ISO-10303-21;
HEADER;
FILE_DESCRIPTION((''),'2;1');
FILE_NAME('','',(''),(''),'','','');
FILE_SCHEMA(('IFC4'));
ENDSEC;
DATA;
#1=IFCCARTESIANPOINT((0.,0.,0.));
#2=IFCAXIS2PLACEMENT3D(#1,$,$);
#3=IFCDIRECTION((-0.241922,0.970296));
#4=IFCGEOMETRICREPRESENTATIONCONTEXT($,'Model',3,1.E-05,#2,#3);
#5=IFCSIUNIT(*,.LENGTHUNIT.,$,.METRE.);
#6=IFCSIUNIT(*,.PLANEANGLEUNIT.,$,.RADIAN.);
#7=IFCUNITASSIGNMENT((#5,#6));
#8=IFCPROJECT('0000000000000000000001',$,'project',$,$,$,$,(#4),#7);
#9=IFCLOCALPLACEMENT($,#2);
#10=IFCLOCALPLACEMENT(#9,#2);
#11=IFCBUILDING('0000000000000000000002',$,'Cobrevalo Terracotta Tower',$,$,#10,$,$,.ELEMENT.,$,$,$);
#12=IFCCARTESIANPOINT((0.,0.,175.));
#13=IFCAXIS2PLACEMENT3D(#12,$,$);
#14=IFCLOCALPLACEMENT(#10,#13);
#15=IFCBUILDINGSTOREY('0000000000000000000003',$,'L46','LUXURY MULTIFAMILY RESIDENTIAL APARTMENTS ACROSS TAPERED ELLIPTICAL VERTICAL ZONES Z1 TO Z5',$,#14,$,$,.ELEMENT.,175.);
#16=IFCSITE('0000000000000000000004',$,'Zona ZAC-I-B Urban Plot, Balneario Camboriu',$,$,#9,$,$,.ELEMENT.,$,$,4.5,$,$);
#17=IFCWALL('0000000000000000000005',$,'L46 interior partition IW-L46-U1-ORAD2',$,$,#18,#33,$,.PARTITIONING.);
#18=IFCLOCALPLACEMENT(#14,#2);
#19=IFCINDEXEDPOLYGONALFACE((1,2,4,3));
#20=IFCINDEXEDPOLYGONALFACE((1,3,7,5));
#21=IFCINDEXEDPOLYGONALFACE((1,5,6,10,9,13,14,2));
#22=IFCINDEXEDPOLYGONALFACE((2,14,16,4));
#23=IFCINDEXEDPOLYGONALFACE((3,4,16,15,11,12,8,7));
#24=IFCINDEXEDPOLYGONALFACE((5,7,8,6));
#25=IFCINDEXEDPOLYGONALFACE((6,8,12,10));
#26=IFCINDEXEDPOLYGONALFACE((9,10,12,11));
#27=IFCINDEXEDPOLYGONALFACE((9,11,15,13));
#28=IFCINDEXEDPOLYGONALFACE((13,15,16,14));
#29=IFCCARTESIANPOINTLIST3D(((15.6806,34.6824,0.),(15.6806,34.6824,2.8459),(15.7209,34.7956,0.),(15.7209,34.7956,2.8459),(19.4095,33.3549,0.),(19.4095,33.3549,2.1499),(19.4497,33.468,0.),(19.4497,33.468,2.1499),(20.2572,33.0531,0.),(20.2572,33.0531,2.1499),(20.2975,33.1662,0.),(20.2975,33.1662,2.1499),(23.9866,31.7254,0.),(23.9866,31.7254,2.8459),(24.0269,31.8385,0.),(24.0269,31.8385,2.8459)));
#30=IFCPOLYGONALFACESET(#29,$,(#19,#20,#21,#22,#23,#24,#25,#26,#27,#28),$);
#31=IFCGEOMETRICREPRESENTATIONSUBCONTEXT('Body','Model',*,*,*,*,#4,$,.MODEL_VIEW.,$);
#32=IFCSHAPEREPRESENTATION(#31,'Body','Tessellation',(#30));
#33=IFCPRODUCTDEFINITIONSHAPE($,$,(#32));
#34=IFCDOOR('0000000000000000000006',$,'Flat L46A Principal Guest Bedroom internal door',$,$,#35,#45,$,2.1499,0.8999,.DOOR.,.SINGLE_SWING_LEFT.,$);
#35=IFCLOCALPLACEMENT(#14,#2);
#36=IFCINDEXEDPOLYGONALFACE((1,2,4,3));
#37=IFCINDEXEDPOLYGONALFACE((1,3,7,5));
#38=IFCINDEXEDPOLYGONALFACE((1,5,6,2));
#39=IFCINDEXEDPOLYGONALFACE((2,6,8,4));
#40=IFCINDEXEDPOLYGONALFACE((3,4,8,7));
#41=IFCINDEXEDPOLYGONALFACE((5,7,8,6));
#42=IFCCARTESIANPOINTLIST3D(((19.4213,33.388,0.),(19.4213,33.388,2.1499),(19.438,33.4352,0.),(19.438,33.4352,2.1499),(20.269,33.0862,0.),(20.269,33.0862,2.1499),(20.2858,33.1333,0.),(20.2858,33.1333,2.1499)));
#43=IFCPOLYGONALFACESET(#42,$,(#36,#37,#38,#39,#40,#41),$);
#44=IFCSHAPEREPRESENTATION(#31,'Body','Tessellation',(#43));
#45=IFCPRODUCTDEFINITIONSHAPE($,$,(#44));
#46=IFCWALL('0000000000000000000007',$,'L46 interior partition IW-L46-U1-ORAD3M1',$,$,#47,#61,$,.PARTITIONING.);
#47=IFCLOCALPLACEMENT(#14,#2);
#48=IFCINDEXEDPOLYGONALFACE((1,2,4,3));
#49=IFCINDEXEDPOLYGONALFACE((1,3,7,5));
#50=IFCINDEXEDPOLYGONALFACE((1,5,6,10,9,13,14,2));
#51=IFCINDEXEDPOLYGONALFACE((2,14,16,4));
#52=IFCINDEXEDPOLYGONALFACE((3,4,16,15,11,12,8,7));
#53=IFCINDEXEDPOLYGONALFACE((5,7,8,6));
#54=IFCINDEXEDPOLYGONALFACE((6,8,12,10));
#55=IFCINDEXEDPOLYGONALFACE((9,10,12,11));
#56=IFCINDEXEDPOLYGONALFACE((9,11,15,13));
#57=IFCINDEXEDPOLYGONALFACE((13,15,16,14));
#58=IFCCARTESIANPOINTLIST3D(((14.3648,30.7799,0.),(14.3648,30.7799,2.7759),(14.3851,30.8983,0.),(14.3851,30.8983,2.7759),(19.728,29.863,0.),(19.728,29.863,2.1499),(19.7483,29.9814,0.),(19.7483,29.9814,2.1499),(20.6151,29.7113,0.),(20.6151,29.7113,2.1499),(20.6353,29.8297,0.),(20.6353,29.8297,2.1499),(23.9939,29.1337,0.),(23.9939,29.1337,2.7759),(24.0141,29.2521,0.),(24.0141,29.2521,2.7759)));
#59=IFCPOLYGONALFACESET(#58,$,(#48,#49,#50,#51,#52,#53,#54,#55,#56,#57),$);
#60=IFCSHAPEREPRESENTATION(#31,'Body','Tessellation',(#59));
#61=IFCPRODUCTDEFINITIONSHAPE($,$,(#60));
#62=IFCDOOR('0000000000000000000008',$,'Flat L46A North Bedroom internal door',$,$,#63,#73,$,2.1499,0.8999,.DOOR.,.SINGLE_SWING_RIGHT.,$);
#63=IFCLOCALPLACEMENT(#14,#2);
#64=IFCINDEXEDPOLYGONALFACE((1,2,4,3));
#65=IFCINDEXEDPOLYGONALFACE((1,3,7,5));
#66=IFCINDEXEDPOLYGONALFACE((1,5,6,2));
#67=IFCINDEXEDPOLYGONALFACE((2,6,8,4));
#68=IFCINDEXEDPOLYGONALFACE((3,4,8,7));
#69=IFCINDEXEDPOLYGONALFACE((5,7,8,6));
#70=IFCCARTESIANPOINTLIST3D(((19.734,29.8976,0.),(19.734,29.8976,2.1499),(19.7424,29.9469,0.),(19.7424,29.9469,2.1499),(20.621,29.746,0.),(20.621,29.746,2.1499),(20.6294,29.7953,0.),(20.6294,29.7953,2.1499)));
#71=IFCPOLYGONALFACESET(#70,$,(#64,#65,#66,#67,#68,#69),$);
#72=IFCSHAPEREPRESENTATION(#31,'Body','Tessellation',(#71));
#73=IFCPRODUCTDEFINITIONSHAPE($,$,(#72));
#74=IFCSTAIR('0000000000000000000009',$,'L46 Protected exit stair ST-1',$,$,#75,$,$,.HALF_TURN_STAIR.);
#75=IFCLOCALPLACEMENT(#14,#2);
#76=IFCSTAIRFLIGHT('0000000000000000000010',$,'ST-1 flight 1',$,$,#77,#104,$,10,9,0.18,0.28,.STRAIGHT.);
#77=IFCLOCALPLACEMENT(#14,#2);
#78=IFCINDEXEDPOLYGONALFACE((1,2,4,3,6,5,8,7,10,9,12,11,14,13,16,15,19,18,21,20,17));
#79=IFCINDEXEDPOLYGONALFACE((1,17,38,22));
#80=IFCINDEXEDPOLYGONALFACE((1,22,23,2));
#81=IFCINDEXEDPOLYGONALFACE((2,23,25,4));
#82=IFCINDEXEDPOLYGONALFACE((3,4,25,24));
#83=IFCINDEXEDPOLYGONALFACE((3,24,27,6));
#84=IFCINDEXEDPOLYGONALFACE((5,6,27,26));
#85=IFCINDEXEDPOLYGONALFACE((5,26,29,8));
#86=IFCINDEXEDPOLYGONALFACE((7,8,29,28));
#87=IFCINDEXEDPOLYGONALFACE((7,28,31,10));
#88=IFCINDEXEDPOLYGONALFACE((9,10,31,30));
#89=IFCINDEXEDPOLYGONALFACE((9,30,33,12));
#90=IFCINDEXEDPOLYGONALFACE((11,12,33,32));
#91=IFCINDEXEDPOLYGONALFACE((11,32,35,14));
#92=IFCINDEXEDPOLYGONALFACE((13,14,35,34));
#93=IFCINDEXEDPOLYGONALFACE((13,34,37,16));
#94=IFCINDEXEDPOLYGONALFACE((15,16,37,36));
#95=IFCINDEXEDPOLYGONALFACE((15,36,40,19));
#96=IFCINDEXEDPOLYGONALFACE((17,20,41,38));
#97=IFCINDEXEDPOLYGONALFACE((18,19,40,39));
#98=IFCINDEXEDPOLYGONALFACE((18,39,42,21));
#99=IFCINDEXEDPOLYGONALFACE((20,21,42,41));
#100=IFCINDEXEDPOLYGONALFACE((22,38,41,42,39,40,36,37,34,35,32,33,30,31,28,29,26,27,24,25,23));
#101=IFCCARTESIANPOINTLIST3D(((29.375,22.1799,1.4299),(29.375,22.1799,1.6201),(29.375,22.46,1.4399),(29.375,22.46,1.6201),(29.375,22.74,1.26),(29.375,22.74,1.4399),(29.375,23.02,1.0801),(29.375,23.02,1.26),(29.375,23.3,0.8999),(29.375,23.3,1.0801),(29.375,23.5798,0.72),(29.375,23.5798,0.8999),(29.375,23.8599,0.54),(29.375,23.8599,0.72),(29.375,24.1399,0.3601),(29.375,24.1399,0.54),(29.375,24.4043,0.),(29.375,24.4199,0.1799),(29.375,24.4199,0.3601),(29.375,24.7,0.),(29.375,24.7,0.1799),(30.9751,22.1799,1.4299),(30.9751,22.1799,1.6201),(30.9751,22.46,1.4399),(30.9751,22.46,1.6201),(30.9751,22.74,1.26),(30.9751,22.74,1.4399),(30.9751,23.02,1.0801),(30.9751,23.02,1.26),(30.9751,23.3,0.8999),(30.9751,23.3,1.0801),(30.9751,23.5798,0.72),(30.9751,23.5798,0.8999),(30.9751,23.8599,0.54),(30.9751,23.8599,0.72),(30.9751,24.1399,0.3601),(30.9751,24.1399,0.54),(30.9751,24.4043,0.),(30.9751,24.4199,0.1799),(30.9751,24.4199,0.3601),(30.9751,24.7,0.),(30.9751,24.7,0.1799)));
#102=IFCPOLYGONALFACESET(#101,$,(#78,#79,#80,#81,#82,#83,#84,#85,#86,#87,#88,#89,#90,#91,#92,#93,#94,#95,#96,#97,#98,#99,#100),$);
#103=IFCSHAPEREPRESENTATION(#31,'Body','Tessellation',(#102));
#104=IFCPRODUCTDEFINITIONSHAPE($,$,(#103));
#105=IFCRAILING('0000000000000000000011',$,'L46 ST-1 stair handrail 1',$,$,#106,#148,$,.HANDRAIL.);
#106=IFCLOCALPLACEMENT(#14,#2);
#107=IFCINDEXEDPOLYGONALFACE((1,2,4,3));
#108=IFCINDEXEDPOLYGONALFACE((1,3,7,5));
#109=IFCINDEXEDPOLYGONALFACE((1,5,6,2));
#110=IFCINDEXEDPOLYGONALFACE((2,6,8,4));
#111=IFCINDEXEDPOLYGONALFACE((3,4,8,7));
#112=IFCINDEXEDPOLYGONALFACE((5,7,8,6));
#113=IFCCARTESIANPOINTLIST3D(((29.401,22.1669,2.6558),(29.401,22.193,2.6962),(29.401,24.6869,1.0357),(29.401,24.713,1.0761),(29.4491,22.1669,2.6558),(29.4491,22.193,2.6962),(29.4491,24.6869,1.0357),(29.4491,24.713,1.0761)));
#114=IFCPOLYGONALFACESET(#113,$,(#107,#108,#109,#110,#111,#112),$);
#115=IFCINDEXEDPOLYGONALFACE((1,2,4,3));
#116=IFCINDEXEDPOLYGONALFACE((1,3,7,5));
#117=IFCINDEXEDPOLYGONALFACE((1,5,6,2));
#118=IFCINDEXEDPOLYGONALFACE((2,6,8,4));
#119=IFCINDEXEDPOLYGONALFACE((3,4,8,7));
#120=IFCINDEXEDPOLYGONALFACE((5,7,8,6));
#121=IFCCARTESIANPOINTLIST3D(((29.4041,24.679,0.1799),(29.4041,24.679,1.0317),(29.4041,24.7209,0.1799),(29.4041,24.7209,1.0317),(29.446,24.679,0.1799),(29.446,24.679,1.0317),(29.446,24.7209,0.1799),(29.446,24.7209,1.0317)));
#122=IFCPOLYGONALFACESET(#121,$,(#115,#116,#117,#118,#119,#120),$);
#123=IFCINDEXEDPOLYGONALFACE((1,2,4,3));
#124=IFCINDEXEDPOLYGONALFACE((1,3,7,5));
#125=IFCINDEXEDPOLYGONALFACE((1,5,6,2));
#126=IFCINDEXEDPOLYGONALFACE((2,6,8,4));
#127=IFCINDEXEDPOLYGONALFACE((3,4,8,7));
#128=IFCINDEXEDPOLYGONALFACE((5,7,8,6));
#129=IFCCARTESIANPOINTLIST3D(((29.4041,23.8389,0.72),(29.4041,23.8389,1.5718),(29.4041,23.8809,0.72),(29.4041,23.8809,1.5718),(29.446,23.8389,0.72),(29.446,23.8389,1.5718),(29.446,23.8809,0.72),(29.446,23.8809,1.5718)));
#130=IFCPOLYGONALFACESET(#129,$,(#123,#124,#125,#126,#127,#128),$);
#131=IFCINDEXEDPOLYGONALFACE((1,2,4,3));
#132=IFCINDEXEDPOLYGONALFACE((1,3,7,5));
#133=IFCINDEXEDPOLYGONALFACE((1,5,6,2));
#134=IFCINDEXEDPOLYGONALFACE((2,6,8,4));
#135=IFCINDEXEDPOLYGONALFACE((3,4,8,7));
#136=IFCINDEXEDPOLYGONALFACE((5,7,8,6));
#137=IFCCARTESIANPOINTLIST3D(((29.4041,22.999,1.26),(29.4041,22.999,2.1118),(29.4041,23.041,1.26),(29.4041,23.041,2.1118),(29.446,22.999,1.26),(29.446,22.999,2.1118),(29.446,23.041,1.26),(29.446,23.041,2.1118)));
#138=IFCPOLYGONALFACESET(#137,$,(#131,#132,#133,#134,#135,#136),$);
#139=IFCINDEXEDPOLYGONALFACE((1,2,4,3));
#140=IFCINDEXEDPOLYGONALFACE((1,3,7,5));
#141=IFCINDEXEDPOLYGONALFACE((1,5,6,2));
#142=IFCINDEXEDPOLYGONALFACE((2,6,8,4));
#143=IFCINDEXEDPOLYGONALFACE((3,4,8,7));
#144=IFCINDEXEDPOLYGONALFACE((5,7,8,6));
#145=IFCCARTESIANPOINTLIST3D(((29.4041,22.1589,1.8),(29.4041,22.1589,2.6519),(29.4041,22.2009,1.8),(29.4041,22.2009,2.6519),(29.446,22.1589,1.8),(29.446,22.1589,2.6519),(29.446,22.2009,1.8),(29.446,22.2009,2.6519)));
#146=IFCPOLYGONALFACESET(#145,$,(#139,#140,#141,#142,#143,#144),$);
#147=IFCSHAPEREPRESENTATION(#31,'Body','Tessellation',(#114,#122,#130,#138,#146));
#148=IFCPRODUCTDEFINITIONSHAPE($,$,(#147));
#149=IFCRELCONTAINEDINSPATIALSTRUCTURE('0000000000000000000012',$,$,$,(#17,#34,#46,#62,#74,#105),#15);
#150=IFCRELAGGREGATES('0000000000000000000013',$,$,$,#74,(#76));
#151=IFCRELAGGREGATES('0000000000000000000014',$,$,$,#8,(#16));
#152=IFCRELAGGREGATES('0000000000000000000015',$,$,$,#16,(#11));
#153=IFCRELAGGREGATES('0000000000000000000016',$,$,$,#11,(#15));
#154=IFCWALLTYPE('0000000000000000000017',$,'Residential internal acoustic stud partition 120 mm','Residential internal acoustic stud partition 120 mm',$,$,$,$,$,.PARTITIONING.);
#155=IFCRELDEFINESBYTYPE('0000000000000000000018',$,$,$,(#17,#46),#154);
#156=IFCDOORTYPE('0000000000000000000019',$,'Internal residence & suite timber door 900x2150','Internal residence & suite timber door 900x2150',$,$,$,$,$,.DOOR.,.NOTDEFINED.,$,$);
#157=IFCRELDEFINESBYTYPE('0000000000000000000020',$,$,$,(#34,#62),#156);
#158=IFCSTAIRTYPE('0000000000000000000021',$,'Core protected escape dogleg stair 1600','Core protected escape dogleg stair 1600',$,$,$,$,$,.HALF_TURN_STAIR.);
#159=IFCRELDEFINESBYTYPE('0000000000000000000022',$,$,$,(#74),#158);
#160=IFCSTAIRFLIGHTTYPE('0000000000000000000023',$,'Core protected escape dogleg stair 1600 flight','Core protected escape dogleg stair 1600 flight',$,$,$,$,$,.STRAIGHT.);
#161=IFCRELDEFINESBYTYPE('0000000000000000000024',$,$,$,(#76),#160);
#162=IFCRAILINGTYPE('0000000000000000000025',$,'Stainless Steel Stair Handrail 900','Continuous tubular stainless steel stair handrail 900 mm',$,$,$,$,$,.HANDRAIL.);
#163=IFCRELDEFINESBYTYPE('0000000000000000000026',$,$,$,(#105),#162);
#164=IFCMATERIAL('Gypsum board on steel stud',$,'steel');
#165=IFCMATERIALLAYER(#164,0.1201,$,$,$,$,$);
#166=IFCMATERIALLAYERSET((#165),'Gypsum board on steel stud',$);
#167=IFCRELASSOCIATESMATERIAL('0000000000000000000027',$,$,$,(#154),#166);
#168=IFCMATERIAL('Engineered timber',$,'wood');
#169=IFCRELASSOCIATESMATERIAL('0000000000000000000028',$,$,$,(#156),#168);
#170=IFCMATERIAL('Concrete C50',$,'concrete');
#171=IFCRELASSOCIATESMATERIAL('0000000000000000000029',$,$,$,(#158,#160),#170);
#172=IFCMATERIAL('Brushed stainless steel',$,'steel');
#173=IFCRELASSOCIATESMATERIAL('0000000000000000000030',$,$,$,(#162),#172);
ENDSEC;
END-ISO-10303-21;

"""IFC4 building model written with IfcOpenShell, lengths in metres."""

from ifc_helpers import new_model, si_unit, direction, frame, frame_2d, origin, origin_2d, place, context, subcontext, project, spatial, polyline, rectangle, outline, extrude, source, transform, mapped, material, layer, layer_set, type_object, element, fill, aggregate, save


model = new_model("IFC4")

# Units and contexts
model_context = context("Model", 3, precision=1e-05, world=origin(), true_north=direction((-0.241922, 0.970296)))
body_context = subcontext(model_context, "Body", "Model", "MODEL_VIEW")
ifc_project = project(units=[si_unit("LENGTHUNIT", "METRE"), si_unit("PLANEANGLEUNIT", "RADIAN")], contexts=[model_context])

# Site, building, storey
site_placement = place(None, origin())
site = spatial("IfcSite", under=ifc_project, at=site_placement, Name="Zona ZAC-I-B Urban Plot, Balneario Camboriu", CompositionType="ELEMENT", RefElevation=4.5)
building_placement = place(site_placement, origin())
building = spatial("IfcBuilding", under=site, at=building_placement, Name="Cobrevalo Terracotta Tower", CompositionType="ELEMENT")
storey_placement = place(building_placement, frame((0.0, 0.0, 175.0)))
storey = spatial("IfcBuildingStorey", under=building, at=storey_placement, Name="L46", Description="LUXURY MULTIFAMILY RESIDENTIAL APARTMENTS ACROSS TAPERED ELLIPTICAL VERTICAL ZONES Z1 TO Z5", CompositionType="ELEMENT", Elevation=175.0)

# Shared definitions
ifc_material_1 = material(Name="Gypsum board on steel stud", Category="steel")

# Shared definitions
ifc_material_2 = material(Name="Brushed stainless steel", Category="steel")

# Walls, openings, doors
ifc_layer_1 = layer(ifc_material_1, 0.1201)
ifc_layer_set_1 = layer_set([ifc_layer_1], Name="Gypsum board on steel stud")
wall_type_1 = type_object("IfcWallType", Name="Residential internal acoustic stud partition 120 mm", Description="Residential internal acoustic stud partition 120 mm", PredefinedType="PARTITIONING", material=ifc_layer_set_1)
wall_1_placement = place(storey_placement, frame((24.0066, 31.782, 0.0), z_axis=(0.0, 0.0, 1.0), x_axis=(-0.942078, 0.335394, 0.0)))
wall_1 = element("IfcWall", 1, at=wall_1_placement, inside=storey, type_object=wall_type_1, Name="L46 interior partition IW-L46-U1-ORAD2", PredefinedType="PARTITIONING", context=body_context, shape_type="SweptSolid", body=[
    extrude(rectangle(XDim=8.8167, YDim=0.1201, at=frame_2d((4.4082, 0.0))), origin(), (0.0, 0.0, 1.0), 2.8459),
])
opening_1_placement = place(wall_1_placement, frame((3.9585, 0.0, 0.0)))
opening_1 = element("IfcOpeningElement", 2, at=opening_1_placement, cuts=wall_1, PredefinedType="OPENING", context=body_context, shape_type="SweptSolid", body=[
    extrude(rectangle(XDim=0.8999, YDim=2.1499, at=frame_2d((0.45, 1.075))), frame((0.0, 0.0701, 0.0), z_axis=(0.0, -1.0, 0.0), x_axis=(1.0, 0.0, 0.0)), (0.0, 0.0, 1.0), 0.1401),
])
ifc_material_3 = material(Name="Engineered timber", Category="wood")
door_type_1 = type_object("IfcDoorType", Name="Internal residence & suite timber door 900x2150", Description="Internal residence & suite timber door 900x2150", OperationType="NOTDEFINED", PredefinedType="DOOR", material=ifc_material_3)
shared_shape_1 = source(origin(), body_context, "Body", "SweptSolid", [
    extrude(rectangle(XDim=0.8999, YDim=2.1499, at=frame_2d((0.45, 1.075))), frame((0.0, 0.0249, 0.0), z_axis=(0.0, -1.0, 0.0), x_axis=(1.0, 0.0, 0.0)), (0.0, 0.0, 1.0), 0.05),
])
door_1_placement = place(opening_1_placement, origin())
door_1 = element("IfcDoor", 3, at=door_1_placement, inside=storey, type_object=door_type_1, Name="Flat L46A Principal Guest Bedroom internal door", OperationType="SINGLE_SWING_LEFT", OverallHeight=2.1499, OverallWidth=0.8999, PredefinedType="DOOR", context=body_context, shape_type="MappedRepresentation", body=[
    mapped(shared_shape_1, transform((0.0, 0.0, 0.0), scale=1.0)),
])
fill(opening_1, door_1)
wall_2_placement = place(storey_placement, frame((24.0039, 29.1929, 0.0), z_axis=(0.0, 0.0, 1.0), x_axis=(-0.985698, 0.168519, 0.0)))
wall_2 = element("IfcWall", 4, at=wall_2_placement, inside=storey, type_object=wall_type_1, Name="L46 interior partition IW-L46-U1-ORAD3M1", PredefinedType="PARTITIONING", context=body_context, shape_type="SweptSolid", body=[
    extrude(rectangle(XDim=9.7688, YDim=0.1201, at=frame_2d((4.8843, 0.0))), origin(), (0.0, 0.0, 1.0), 2.7759),
])
opening_2_placement = place(wall_2_placement, frame((3.4277, 0.0, 0.0)))
opening_2 = element("IfcOpeningElement", 5, at=opening_2_placement, cuts=wall_2, PredefinedType="OPENING", context=body_context, shape_type="SweptSolid", body=[
    extrude(rectangle(XDim=0.8999, YDim=2.1499, at=frame_2d((0.45, 1.075))), frame((0.0, 0.0701, 0.0), z_axis=(0.0, -1.0, 0.0), x_axis=(1.0, 0.0, 0.0)), (0.0, 0.0, 1.0), 0.1401),
])
door_2_placement = place(opening_2_placement, origin())
door_2 = element("IfcDoor", 6, at=door_2_placement, inside=storey, type_object=door_type_1, Name="Flat L46A North Bedroom internal door", OperationType="SINGLE_SWING_RIGHT", OverallHeight=2.1499, OverallWidth=0.8999, PredefinedType="DOOR", context=body_context, shape_type="MappedRepresentation", body=[
    mapped(shared_shape_1, transform((0.0, 0.0, 0.0), scale=1.0)),
])
fill(opening_2, door_2)
ifc_material_4 = material(Name="Concrete C50", Category="concrete")

# Stair, stair flight
stair_type = type_object("IfcStairType", Name="Core protected escape dogleg stair 1600", Description="Core protected escape dogleg stair 1600", PredefinedType="HALF_TURN_STAIR", material=ifc_material_4)
stair_placement = place(storey_placement, origin())
stair = element("IfcStair", 7, at=stair_placement, inside=storey, type_object=stair_type, Name="L46 Protected exit stair ST-1", PredefinedType="HALF_TURN_STAIR")
stair_flight_type = type_object("IfcStairFlightType", Name="Core protected escape dogleg stair 1600 flight", Description="Core protected escape dogleg stair 1600 flight", PredefinedType="STRAIGHT", material=ifc_material_4)
stair_flight_placement = place(storey_placement, frame((30.175, 24.7, 0.0), z_axis=(0.0, 0.0, 1.0), x_axis=(0.0, -1.0, 0.0)))
stair_flight = element("IfcStairFlight", 8, at=stair_flight_placement, type_object=stair_flight_type, Name="ST-1 flight 1", NumberOfRisers=10, NumberOfTreads=9, PredefinedType="STRAIGHT", RiserHeight=0.18, TreadLength=0.28, context=body_context, shape_type="SweptSolid", body=[
    extrude(outline(polyline([(0.0, 0.0), (0.0, 0.1799), (0.28, 0.1799), (0.28, 0.3601), (0.5601, 0.3601), (0.5601, 0.54), (0.8401, 0.54), (0.8401, 0.72), (1.1201, 0.72), (1.1201, 0.8999), (1.3999, 0.8999), (1.3999, 1.0801), (1.6799, 1.0801), (1.6799, 1.26), (1.96, 1.26), (1.96, 1.4399), (2.24, 1.4399), (2.24, 1.6201), (2.52, 1.6201), (2.52, 1.8), (2.52, 1.4299), (0.2957, 0.0), (0.0, 0.0)])), frame((0.0, 0.8, 0.0), z_axis=(0.0, -1.0, 0.0), x_axis=(1.0, 0.0, 0.0)), (0.0, 0.0, 1.0), 1.6001),
])
aggregate(stair, [stair_flight])

# Railing
railing_type_1 = type_object("IfcRailingType", Name="Stainless Steel Stair Handrail 900", Description="Continuous tubular stainless steel stair handrail 900 mm", PredefinedType="HANDRAIL", material=ifc_material_2)
railing_1_placement = place(storey_placement, frame((29.425, 24.7, 0.1799)))
element("IfcRailing", 9, at=railing_1_placement, inside=storey, type_object=railing_type_1, Name="L46 ST-1 stair handrail 1", PredefinedType="HANDRAIL", context=body_context, shape_type="SweptSolid", body=[
    extrude(rectangle(XDim=0.0481, YDim=0.0481, at=origin_2d()), frame((0.0, 0.0, 0.876), z_axis=(0.0, -0.841163, 0.540782), x_axis=(1.0, 0.0, 0.0)), (0.0, 0.0, 1.0), 2.9958),
    extrude(rectangle(XDim=0.042, YDim=0.042, at=origin_2d()), origin(), (0.0, 0.0, 1.0), 0.8518),
    extrude(rectangle(XDim=0.042, YDim=0.042, at=origin_2d()), frame((0.0, -0.8401, 0.54)), (0.0, 0.0, 1.0), 0.8518),
    extrude(rectangle(XDim=0.042, YDim=0.042, at=origin_2d()), frame((0.0, -1.6799, 1.0801)), (0.0, 0.0, 1.0), 0.8518),
    extrude(rectangle(XDim=0.042, YDim=0.042, at=origin_2d()), frame((0.0, -2.52, 1.6201)), (0.0, 0.0, 1.0), 0.8518),
])

save(model, "model.ifc")
